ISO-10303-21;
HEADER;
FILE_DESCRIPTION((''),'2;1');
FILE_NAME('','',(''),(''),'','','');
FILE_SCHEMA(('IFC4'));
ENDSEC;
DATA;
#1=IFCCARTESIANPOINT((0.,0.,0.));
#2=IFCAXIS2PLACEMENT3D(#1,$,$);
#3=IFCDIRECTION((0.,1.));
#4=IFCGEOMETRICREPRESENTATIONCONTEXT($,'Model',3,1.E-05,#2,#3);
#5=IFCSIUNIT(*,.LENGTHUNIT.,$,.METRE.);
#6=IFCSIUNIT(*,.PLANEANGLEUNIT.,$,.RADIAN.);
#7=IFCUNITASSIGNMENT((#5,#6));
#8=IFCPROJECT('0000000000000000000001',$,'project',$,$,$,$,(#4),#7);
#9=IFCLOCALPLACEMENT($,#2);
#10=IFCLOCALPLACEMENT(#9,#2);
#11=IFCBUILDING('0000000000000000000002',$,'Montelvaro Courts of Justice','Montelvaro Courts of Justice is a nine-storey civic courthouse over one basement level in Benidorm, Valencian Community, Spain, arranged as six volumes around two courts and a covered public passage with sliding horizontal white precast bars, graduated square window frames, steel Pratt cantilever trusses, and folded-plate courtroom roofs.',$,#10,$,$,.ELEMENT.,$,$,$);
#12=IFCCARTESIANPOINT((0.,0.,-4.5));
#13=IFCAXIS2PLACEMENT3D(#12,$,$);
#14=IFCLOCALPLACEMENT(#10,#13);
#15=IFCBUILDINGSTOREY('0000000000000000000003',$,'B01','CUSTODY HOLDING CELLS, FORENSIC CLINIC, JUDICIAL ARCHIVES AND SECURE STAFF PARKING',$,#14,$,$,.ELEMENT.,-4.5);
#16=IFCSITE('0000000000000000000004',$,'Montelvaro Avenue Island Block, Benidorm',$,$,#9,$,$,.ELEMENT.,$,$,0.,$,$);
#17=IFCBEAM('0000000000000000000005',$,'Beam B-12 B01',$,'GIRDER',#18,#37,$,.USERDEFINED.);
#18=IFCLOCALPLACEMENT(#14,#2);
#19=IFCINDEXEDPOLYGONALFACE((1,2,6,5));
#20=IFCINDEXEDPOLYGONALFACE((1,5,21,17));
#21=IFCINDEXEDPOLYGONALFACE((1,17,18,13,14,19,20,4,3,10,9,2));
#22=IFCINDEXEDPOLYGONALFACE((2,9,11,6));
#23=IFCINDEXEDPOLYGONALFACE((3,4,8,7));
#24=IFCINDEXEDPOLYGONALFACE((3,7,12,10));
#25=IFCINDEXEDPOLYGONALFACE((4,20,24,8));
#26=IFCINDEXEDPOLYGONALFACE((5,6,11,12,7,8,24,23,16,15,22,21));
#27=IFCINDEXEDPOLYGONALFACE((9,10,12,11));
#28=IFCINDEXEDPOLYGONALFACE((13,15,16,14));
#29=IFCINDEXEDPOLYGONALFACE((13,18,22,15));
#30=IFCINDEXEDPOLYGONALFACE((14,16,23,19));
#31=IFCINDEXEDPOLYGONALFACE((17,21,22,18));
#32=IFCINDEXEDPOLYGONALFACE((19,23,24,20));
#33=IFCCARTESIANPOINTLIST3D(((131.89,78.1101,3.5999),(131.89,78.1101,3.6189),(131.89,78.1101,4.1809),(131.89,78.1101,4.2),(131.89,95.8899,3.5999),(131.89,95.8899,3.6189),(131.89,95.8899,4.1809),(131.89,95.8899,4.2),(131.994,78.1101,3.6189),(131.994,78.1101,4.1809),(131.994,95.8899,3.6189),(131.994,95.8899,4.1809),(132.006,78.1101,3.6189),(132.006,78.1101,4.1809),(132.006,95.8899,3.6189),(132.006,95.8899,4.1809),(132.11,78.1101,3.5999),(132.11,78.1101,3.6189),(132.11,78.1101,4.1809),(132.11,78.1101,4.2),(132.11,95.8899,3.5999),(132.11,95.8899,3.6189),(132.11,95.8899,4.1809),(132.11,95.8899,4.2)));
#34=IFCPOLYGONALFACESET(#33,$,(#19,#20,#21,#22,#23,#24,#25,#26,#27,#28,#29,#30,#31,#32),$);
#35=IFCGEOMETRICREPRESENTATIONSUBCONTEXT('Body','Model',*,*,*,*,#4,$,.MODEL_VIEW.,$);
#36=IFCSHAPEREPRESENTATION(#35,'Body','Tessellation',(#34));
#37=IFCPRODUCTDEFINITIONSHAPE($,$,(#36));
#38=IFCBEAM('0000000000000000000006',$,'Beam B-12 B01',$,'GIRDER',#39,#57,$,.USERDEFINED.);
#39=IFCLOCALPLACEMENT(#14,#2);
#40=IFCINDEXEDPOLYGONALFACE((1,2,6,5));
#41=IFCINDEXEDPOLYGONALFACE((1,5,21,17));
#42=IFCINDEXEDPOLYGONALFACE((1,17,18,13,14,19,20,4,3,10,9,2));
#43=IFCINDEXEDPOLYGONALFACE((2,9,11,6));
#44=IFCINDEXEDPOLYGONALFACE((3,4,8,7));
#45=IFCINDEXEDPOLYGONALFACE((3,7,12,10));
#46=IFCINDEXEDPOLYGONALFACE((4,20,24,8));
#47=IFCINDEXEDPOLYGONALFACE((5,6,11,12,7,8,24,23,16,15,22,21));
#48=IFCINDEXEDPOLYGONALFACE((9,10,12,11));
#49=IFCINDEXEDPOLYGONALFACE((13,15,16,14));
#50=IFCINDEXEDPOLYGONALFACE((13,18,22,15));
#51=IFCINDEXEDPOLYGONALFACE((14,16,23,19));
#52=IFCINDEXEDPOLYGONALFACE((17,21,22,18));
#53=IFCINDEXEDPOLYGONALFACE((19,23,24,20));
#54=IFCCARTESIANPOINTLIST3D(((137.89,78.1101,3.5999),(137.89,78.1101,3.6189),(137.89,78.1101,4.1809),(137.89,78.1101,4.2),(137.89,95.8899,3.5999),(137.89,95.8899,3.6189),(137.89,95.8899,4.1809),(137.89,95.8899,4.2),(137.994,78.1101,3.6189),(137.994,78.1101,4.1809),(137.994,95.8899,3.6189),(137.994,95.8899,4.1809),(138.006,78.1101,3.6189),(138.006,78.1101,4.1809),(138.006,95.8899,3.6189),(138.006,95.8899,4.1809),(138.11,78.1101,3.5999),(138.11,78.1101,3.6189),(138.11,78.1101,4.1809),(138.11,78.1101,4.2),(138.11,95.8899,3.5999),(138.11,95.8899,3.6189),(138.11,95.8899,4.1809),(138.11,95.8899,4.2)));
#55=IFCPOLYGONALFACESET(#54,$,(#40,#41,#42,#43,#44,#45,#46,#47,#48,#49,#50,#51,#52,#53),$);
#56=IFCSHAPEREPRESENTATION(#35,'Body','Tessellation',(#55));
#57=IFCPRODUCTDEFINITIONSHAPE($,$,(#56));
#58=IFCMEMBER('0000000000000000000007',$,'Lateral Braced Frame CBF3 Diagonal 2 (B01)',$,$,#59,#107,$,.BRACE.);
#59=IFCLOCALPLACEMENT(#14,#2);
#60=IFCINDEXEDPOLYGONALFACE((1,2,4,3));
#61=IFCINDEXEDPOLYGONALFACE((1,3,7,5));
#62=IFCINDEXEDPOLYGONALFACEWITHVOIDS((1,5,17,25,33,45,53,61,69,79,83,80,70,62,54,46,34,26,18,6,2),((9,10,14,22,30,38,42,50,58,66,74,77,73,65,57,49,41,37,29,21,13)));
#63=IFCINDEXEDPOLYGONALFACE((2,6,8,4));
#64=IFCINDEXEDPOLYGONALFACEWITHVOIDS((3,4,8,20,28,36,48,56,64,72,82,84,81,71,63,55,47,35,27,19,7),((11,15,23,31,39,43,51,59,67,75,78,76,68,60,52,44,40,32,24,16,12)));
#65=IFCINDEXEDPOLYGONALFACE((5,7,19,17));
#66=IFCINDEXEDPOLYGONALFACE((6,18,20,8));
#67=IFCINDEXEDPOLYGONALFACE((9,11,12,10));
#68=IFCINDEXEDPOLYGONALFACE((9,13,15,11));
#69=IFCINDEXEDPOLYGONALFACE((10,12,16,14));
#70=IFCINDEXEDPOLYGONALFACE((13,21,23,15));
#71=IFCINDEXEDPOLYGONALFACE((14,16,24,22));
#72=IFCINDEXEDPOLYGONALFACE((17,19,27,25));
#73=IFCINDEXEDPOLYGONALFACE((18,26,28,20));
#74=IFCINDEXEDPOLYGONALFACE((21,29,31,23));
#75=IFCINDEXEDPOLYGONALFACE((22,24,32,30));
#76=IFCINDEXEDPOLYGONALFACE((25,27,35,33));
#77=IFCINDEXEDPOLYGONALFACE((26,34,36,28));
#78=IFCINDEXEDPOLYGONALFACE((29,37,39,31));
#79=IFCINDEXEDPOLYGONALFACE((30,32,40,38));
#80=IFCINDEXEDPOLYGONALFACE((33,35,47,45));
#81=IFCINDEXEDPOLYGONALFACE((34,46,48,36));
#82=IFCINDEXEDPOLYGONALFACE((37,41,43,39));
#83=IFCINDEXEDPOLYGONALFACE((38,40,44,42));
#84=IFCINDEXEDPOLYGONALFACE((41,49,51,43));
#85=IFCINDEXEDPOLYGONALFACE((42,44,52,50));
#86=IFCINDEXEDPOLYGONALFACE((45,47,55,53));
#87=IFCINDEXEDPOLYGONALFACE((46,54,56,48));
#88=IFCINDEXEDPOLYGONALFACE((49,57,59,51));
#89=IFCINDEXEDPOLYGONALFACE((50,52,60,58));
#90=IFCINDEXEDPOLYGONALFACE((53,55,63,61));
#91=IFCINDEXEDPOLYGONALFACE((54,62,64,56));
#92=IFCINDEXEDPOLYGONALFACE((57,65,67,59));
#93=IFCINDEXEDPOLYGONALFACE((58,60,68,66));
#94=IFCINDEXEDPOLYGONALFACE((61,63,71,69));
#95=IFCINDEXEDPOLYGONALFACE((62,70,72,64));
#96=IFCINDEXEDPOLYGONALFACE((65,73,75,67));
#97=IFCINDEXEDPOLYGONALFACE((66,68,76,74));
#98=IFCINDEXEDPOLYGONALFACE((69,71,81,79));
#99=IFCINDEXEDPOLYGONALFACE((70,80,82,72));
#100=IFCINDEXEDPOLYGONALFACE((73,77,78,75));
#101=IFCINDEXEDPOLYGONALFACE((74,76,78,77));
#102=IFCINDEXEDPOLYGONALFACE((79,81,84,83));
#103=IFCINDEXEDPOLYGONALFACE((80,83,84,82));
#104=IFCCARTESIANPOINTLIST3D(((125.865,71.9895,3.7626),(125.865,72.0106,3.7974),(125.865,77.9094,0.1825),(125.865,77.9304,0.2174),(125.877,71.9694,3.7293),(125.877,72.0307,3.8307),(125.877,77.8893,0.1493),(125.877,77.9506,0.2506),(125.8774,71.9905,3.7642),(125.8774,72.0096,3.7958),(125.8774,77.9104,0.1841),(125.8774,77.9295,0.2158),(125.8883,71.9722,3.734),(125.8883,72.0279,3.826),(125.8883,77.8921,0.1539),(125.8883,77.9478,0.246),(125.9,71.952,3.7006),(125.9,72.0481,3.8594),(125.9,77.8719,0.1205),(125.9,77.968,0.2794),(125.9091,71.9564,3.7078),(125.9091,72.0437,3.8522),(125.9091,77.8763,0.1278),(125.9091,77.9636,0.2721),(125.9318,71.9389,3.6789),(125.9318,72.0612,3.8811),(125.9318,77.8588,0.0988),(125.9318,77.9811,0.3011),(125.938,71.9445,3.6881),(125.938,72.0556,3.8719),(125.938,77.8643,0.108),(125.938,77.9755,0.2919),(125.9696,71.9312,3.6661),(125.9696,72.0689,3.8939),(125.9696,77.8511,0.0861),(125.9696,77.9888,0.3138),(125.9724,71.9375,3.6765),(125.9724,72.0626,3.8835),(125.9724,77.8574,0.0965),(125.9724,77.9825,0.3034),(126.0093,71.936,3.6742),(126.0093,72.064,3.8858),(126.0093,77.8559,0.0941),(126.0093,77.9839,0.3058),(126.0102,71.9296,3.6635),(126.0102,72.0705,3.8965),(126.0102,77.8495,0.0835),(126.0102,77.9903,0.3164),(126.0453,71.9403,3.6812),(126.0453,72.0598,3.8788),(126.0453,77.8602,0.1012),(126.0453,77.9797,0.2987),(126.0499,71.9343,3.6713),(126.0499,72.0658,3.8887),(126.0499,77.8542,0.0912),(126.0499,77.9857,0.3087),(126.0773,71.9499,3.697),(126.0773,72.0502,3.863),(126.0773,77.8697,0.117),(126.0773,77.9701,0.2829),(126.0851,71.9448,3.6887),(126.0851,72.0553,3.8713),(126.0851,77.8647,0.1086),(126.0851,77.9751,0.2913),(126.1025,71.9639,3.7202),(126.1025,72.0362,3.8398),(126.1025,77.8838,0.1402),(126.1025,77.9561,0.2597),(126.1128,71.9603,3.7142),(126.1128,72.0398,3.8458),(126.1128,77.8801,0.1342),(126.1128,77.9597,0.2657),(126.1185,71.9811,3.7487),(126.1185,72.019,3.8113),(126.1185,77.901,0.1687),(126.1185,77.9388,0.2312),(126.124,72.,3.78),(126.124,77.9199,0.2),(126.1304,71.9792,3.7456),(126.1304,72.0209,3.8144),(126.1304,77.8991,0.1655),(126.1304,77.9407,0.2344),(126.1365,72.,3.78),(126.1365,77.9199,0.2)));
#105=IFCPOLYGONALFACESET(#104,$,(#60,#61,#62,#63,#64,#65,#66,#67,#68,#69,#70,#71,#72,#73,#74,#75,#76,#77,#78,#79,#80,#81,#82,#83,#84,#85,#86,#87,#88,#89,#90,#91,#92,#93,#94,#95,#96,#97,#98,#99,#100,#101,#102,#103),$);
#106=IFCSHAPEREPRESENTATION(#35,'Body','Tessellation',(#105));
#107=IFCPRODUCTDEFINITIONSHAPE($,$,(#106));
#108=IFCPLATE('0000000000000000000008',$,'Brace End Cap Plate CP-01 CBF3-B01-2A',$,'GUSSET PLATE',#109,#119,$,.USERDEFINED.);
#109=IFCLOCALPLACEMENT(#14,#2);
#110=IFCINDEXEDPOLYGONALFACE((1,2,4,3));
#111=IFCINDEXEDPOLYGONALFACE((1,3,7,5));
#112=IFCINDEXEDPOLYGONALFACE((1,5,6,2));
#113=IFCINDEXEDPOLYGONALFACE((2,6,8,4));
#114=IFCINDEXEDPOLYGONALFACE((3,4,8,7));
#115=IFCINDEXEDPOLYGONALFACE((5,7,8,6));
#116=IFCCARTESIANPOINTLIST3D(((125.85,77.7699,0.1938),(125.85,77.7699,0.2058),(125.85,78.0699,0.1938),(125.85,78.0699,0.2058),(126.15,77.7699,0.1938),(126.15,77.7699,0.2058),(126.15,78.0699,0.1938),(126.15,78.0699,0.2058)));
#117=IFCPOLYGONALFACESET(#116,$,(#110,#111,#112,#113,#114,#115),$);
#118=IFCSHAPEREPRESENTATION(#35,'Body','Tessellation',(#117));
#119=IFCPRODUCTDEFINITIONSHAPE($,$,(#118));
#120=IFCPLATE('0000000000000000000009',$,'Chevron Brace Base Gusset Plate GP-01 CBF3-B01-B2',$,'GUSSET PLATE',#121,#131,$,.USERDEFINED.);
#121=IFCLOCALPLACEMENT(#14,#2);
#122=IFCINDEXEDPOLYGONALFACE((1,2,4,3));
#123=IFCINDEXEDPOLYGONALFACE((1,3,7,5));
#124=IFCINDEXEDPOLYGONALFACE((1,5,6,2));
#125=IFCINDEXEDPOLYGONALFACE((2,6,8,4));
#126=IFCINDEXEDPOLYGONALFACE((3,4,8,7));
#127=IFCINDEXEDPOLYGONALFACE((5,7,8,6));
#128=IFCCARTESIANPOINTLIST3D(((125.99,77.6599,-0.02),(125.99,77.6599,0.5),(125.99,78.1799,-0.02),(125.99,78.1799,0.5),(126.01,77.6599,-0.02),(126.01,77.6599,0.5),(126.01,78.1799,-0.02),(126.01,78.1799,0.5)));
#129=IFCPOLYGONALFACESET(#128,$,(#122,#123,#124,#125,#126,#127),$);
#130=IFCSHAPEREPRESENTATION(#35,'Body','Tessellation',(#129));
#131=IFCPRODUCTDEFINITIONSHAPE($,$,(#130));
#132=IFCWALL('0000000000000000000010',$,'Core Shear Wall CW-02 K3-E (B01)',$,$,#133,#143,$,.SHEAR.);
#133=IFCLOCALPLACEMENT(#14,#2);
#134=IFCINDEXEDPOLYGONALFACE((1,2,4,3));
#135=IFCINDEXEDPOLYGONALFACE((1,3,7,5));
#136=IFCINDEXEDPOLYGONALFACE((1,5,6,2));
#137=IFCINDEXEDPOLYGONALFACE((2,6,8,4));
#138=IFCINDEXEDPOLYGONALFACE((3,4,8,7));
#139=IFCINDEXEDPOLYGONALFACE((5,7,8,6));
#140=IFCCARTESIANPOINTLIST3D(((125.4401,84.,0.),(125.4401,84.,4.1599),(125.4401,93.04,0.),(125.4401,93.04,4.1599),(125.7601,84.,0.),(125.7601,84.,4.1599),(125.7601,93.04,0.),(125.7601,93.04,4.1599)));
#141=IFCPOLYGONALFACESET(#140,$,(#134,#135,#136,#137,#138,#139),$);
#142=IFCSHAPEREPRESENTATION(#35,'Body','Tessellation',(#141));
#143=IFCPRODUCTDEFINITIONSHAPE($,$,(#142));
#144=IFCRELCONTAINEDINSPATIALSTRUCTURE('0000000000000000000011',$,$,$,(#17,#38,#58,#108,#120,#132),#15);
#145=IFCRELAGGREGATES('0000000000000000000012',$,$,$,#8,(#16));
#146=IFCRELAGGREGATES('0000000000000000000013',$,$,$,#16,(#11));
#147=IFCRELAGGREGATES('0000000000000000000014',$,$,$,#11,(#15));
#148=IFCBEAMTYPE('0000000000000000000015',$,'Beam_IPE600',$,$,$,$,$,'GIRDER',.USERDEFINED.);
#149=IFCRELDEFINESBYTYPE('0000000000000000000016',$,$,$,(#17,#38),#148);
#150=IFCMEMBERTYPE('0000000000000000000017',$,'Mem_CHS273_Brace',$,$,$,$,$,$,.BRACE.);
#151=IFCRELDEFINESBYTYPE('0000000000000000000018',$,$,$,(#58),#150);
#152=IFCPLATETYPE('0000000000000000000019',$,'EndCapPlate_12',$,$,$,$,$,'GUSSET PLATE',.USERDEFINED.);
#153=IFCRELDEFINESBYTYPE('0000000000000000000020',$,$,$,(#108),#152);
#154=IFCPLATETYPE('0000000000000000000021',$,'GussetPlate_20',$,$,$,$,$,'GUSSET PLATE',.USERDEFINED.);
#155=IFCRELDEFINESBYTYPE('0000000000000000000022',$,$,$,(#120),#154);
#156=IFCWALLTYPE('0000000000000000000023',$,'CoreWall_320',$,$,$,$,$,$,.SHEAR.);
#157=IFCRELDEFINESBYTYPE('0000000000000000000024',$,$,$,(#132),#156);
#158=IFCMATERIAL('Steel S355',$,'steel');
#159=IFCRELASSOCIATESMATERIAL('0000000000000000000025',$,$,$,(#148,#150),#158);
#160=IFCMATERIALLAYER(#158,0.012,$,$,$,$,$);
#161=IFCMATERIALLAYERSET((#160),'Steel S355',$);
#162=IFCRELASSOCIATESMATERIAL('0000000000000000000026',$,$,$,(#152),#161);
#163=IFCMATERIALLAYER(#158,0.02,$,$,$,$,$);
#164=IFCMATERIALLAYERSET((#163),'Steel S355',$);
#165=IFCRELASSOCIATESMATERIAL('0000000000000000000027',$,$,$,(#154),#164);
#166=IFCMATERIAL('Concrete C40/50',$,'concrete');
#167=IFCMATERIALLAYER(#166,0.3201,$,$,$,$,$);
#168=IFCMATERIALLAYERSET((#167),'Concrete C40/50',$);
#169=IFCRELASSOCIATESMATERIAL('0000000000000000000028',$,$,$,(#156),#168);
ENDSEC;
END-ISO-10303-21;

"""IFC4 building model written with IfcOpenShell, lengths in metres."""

from ifc_helpers import new_model, si_unit, direction, frame, frame_2d, origin, origin_2d, place, context, subcontext, project, spatial, rectangle, hollow_circle, i_section, extrude, material, layer, layer_set, material_profile, profile_set, type_object, element, save


model = new_model("IFC4")

# Units and contexts
model_context = context("Model", 3, precision=1e-05, world=origin(), true_north=direction((0.0, 1.0)))
body_context = subcontext(model_context, "Body", "Model", "MODEL_VIEW")
ifc_project = project(units=[si_unit("LENGTHUNIT", "METRE"), si_unit("PLANEANGLEUNIT", "RADIAN")], contexts=[model_context])

# Site, building, storey
site_placement = place(None, origin())
site = spatial("IfcSite", under=ifc_project, at=site_placement, Name="Montelvaro Avenue Island Block, Benidorm", CompositionType="ELEMENT", RefElevation=0.0)
building_placement = place(site_placement, origin())
building = spatial("IfcBuilding", under=site, at=building_placement, Name="Montelvaro Courts of Justice", Description="Montelvaro Courts of Justice is a nine-storey civic courthouse over one basement level in Benidorm, Valencian Community, Spain, arranged as six volumes around two courts and a covered public passage with sliding horizontal white precast bars, graduated square window frames, steel Pratt cantilever trusses, and folded-plate courtroom roofs.", CompositionType="ELEMENT")
storey_placement = place(building_placement, frame((0.0, 0.0, -4.5)))
storey = spatial("IfcBuildingStorey", under=building, at=storey_placement, Name="B01", Description="CUSTODY HOLDING CELLS, FORENSIC CLINIC, JUDICIAL ARCHIVES AND SECURE STAFF PARKING", CompositionType="ELEMENT", Elevation=-4.5)

# Shared definitions
ifc_material_1 = material(Name="Concrete C40/50", Category="concrete")

# Beams
ifc_material_2 = material(Name="Steel S355", Category="steel")
ifc_material_profile_1 = material_profile(ifc_material_2, i_section(OverallWidth=0.22, OverallDepth=0.6001, WebThickness=0.012, FlangeThickness=0.019, at=origin_2d()), Name="IPE 600")
ifc_profile_set_1 = profile_set([ifc_material_profile_1], Name="Steel S355")
beam_type_1 = type_object("IfcBeamType", Name="Beam_IPE600", ElementType="GIRDER", PredefinedType="USERDEFINED", material=ifc_profile_set_1)
for number, where, z_axis, x_axis, name in (
    (1, (132.0, 78.1101, 3.8999), (0.0, 1.0, 0.0), (-1.0, 0.0, 0.0), "Beam B-12 B01"),
    (2, (138.0, 78.1101, 3.8999), (0.0, 1.0, 0.0), (-1.0, 0.0, 0.0), "Beam B-12 B01"),
):
    element("IfcBeam", number, at=place(storey_placement, frame(where, z_axis=z_axis, x_axis=x_axis)), inside=storey, type_object=beam_type_1, Name=name, ObjectType="GIRDER", PredefinedType="USERDEFINED", context=body_context, shape_type="SweptSolid", body=[
        extrude(i_section(OverallWidth=0.22, OverallDepth=0.6001, WebThickness=0.012, FlangeThickness=0.019, at=origin_2d()), origin(), (0.0, 0.0, 1.0), 17.7798),
    ])

# Member
ifc_material_profile_2 = material_profile(ifc_material_2, hollow_circle(Radius=0.1365, WallThickness=0.0125, at=origin_2d()), Name="CHS 273x12.5")
ifc_profile_set_2 = profile_set([ifc_material_profile_2], Name="Steel S355")
member_type = type_object("IfcMemberType", Name="Mem_CHS273_Brace", PredefinedType="BRACE", material=ifc_profile_set_2)
member_placement = place(storey_placement, frame((126.0, 77.9199, 0.2), z_axis=(0.0, -0.855694, 0.517482), x_axis=(1.0, 0.0, 0.0)))
element("IfcMember", 3, at=member_placement, inside=storey, type_object=member_type, Name="Lateral Braced Frame CBF3 Diagonal 2 (B01)", PredefinedType="BRACE", context=body_context, shape_type="SweptSolid", body=[
    extrude(hollow_circle(Radius=0.1365, WallThickness=0.0125, at=origin_2d()), origin(), (0.0, 0.0, 1.0), 6.9182),
])

# Plates
ifc_layer_1 = layer(ifc_material_2, 0.012)
ifc_layer_set_1 = layer_set([ifc_layer_1], Name="Steel S355")
plate_type_1 = type_object("IfcPlateType", Name="EndCapPlate_12", ElementType="GUSSET PLATE", PredefinedType="USERDEFINED", material=ifc_layer_set_1)
plate_1_placement = place(storey_placement, frame((126.0, 77.9199, 0.1938), z_axis=(0.0, 0.0, 1.0), x_axis=(1.0, 0.0, 0.0)))
element("IfcPlate", 4, at=plate_1_placement, inside=storey, type_object=plate_type_1, Name="Brace End Cap Plate CP-01 CBF3-B01-2A", ObjectType="GUSSET PLATE", PredefinedType="USERDEFINED", context=body_context, shape_type="SweptSolid", body=[
    extrude(rectangle(XDim=0.3, YDim=0.3, at=origin_2d()), origin(), (0.0, 0.0, 1.0), 0.012),
])
ifc_layer_2 = layer(ifc_material_2, 0.02)
ifc_layer_set_2 = layer_set([ifc_layer_2], Name="Steel S355")
plate_type_2 = type_object("IfcPlateType", Name="GussetPlate_20", ElementType="GUSSET PLATE", PredefinedType="USERDEFINED", material=ifc_layer_set_2)
plate_2_placement = place(storey_placement, frame((126.0, 77.9199, -0.02), z_axis=(0.0, 0.0, 1.0), x_axis=(1.0, 0.0, 0.0)))
element("IfcPlate", 5, at=plate_2_placement, inside=storey, type_object=plate_type_2, Name="Chevron Brace Base Gusset Plate GP-01 CBF3-B01-B2", ObjectType="GUSSET PLATE", PredefinedType="USERDEFINED", context=body_context, shape_type="SweptSolid", body=[
    extrude(rectangle(XDim=0.02, YDim=0.52, at=origin_2d()), origin(), (0.0, 0.0, 1.0), 0.52),
])

# Wall
ifc_layer_3 = layer(ifc_material_1, 0.3201)
ifc_layer_set_3 = layer_set([ifc_layer_3], Name="Concrete C40/50")
wall_type = type_object("IfcWallType", Name="CoreWall_320", PredefinedType="SHEAR", material=ifc_layer_set_3)
wall_placement = place(storey_placement, frame((125.6001, 84.0, 0.0), z_axis=(0.0, 0.0, 1.0), x_axis=(0.0, 1.0, 0.0)))
element("IfcWall", 6, at=wall_placement, inside=storey, type_object=wall_type, Name="Core Shear Wall CW-02 K3-E (B01)", PredefinedType="SHEAR", context=body_context, shape_type="SweptSolid", body=[
    extrude(rectangle(XDim=9.04, YDim=0.3201, at=frame_2d((4.52, 0.0))), origin(), (0.0, 0.0, 1.0), 4.1599),
])

save(model, "model.ifc")
